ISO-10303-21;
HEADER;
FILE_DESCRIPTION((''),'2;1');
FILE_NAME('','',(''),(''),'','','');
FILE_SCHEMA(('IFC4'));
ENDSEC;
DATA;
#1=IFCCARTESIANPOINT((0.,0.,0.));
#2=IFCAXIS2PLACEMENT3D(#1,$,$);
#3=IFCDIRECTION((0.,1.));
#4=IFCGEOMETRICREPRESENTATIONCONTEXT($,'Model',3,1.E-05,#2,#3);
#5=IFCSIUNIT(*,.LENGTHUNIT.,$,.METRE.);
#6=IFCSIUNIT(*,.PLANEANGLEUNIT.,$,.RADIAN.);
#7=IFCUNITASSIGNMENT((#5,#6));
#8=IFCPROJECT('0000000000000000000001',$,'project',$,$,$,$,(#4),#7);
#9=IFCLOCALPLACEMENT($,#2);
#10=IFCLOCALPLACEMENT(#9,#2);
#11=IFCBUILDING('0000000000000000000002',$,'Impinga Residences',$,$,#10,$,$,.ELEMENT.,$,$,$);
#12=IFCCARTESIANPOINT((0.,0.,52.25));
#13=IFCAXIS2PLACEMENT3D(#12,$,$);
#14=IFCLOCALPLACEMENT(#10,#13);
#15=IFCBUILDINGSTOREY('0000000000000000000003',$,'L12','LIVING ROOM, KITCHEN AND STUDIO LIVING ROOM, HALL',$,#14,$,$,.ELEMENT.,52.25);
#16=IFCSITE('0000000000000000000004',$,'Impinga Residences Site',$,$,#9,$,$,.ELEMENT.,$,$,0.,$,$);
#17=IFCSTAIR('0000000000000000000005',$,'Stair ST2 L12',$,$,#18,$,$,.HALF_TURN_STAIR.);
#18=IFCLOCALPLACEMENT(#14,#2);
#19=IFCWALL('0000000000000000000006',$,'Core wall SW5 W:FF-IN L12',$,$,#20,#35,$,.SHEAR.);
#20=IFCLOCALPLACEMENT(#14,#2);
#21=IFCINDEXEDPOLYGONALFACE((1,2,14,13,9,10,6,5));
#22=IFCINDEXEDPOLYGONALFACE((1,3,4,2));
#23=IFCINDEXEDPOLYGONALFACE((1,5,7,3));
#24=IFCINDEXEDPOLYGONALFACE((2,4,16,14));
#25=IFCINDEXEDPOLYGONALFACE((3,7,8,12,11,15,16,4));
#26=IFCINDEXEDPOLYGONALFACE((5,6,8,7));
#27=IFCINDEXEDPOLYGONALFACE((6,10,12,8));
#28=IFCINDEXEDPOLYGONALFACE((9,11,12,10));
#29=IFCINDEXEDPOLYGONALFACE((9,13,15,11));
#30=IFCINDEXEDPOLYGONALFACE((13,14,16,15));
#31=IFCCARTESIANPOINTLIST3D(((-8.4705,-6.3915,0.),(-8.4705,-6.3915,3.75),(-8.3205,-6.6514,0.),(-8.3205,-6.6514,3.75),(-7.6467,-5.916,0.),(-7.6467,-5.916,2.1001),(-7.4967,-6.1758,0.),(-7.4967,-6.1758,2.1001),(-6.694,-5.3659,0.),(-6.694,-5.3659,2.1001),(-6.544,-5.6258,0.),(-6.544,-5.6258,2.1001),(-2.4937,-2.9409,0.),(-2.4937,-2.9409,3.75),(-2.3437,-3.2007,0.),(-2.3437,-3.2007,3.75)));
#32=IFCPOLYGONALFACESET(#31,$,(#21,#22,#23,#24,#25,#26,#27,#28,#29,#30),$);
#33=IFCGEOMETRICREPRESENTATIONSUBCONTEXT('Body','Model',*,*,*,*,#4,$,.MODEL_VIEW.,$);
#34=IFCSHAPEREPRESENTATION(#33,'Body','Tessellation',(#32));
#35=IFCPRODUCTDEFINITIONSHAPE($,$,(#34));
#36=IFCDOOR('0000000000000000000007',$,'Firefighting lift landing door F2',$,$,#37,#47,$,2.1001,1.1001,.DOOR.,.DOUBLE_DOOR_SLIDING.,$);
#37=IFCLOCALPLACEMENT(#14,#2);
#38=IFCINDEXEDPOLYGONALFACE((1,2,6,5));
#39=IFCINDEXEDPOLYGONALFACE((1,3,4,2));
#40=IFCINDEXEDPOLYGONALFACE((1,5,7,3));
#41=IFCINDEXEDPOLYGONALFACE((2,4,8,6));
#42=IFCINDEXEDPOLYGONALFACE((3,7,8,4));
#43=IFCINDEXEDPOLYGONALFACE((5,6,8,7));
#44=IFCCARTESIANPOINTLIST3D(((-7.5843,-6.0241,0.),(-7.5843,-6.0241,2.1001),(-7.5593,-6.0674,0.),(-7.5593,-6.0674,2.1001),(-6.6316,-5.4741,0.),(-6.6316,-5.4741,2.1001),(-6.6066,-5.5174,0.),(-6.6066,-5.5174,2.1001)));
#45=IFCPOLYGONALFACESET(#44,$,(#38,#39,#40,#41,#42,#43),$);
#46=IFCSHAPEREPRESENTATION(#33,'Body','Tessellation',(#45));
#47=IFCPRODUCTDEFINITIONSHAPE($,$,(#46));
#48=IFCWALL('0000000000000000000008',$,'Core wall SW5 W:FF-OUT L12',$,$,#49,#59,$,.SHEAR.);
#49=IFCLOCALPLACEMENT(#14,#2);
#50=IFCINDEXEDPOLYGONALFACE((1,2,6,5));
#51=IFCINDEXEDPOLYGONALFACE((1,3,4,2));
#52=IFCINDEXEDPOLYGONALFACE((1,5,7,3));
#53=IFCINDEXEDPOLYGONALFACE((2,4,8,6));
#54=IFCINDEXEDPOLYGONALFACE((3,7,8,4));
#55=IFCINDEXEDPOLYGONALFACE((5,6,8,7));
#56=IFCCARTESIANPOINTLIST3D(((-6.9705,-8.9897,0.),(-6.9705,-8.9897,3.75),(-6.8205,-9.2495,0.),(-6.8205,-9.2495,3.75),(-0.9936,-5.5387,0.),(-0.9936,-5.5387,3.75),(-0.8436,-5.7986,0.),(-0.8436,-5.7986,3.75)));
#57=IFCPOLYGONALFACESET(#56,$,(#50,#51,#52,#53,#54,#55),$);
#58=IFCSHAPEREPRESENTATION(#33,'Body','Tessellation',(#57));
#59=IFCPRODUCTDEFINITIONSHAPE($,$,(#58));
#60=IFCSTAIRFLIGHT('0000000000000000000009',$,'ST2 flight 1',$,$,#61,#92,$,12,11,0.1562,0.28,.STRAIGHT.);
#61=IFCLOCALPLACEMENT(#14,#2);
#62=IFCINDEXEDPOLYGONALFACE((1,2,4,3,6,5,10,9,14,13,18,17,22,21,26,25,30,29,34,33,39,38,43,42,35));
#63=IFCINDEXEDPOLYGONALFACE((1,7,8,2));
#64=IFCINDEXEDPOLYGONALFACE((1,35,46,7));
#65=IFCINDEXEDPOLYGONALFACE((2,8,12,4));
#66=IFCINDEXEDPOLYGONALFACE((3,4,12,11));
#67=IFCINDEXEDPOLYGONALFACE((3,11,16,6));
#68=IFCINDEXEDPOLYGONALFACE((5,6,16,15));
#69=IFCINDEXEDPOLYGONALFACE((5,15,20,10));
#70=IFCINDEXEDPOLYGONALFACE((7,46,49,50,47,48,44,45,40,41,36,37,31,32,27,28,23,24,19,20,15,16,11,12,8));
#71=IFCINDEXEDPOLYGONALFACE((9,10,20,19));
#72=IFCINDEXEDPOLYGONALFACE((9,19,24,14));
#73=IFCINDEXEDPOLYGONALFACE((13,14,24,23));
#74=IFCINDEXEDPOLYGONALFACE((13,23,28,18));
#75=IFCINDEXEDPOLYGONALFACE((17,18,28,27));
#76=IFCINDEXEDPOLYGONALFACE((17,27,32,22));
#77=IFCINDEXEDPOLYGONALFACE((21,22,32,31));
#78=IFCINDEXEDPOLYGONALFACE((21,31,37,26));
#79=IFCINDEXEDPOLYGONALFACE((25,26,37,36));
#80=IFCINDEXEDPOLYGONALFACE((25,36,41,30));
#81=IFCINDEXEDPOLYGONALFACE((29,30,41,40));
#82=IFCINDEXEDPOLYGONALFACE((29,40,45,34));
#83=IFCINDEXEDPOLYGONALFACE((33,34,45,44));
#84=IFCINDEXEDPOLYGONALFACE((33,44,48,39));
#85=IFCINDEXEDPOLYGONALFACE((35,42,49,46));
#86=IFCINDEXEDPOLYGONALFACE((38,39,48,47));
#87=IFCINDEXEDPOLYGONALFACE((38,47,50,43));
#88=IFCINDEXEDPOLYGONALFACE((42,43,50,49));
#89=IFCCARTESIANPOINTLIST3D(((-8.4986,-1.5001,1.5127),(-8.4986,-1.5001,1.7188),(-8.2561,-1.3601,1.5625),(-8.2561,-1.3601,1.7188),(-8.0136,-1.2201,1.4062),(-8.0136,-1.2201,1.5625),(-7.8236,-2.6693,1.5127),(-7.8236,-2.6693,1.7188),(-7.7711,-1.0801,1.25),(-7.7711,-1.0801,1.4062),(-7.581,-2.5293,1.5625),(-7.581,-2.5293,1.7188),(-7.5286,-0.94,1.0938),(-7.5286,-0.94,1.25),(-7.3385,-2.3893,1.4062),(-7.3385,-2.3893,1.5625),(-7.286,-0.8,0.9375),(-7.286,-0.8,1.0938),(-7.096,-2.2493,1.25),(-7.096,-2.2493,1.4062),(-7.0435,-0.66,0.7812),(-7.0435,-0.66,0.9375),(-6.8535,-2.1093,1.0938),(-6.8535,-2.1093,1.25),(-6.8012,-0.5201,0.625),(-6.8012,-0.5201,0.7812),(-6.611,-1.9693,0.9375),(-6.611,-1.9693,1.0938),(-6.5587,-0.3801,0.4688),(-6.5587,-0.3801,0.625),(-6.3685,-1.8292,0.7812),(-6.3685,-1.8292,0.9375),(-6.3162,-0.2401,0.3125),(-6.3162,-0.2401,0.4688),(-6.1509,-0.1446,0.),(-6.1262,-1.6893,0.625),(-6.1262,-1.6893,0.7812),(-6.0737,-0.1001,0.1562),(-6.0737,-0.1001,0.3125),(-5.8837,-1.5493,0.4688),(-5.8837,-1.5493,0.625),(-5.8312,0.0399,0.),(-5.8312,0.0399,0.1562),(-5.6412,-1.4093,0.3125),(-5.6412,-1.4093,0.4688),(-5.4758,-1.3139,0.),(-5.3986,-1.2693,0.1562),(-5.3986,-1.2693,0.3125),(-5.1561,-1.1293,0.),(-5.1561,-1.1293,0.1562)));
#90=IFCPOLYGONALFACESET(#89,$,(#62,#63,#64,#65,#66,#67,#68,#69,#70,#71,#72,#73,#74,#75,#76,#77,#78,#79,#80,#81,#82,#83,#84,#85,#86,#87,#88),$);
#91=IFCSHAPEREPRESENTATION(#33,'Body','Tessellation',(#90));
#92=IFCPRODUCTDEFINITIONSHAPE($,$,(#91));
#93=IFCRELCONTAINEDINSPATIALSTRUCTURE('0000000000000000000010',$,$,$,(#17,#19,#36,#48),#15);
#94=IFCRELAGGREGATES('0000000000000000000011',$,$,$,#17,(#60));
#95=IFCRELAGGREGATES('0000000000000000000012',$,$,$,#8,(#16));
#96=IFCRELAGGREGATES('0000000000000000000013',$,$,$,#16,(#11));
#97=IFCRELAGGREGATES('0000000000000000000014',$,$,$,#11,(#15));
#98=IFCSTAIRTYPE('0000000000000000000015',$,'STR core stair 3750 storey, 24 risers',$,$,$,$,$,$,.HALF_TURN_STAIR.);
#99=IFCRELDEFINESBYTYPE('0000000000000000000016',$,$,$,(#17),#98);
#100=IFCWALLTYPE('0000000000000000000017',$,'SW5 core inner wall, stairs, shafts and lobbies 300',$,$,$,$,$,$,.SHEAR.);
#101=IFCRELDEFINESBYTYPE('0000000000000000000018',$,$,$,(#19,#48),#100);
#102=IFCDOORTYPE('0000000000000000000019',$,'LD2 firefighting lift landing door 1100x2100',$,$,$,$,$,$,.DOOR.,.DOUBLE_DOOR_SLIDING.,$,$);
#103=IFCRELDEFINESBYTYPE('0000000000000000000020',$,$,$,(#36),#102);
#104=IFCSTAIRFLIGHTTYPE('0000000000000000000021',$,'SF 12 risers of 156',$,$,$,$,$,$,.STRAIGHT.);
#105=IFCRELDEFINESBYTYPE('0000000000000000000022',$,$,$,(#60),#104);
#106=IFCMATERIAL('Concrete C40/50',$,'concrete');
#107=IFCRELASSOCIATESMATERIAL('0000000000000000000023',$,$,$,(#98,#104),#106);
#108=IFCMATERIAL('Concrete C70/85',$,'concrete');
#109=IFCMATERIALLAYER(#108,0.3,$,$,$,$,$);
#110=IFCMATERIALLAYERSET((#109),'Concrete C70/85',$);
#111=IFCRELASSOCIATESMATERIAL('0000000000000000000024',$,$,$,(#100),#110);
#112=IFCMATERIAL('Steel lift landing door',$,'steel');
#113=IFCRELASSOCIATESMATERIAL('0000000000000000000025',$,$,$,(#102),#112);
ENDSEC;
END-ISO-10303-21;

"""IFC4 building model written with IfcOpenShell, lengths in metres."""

from ifc_helpers import new_model, si_unit, direction, frame, frame_2d, origin, place, context, subcontext, project, spatial, polyline, rectangle, outline, extrude, material, layer, layer_set, type_object, element, fill, aggregate, save


model = new_model("IFC4")

# Units and contexts
model_context = context("Model", 3, precision=1e-05, world=origin(), true_north=direction((0.0, 1.0)))
body_context = subcontext(model_context, "Body", "Model", "MODEL_VIEW")
ifc_project = project(units=[si_unit("LENGTHUNIT", "METRE"), si_unit("PLANEANGLEUNIT", "RADIAN")], contexts=[model_context])

# Site, building, storey
site_placement = place(None, origin())
site = spatial("IfcSite", under=ifc_project, at=site_placement, Name="Impinga Residences Site", CompositionType="ELEMENT", RefElevation=0.0)
building_placement = place(site_placement, origin())
building = spatial("IfcBuilding", under=site, at=building_placement, Name="Impinga Residences", CompositionType="ELEMENT")
storey_placement = place(building_placement, frame((0.0, 0.0, 52.25)))
storey = spatial("IfcBuildingStorey", under=building, at=storey_placement, Name="L12", Description="LIVING ROOM, KITCHEN AND STUDIO LIVING ROOM, HALL", CompositionType="ELEMENT", Elevation=52.25)

# Stair
ifc_material_1 = material(Name="Concrete C40/50", Category="concrete")
stair_type = type_object("IfcStairType", Name="STR core stair 3750 storey, 24 risers", PredefinedType="HALF_TURN_STAIR", material=ifc_material_1)
stair_1_placement = place(storey_placement, origin())
stair_1 = element("IfcStair", 1, at=stair_1_placement, inside=storey, type_object=stair_type, Name="Stair ST2 L12", PredefinedType="HALF_TURN_STAIR")

# Shared definitions
ifc_material_2 = material(Name="Concrete C70/85", Category="concrete")

# Shared definitions
ifc_layer_1 = layer(ifc_material_2, 0.3)
ifc_layer_set_1 = layer_set([ifc_layer_1], Name="Concrete C70/85")
wall_type_1 = type_object("IfcWallType", Name="SW5 core inner wall, stairs, shafts and lobbies 300", PredefinedType="SHEAR", material=ifc_layer_set_1)

# Wall, opening, door
wall_1_placement = place(storey_placement, frame((-2.4187, -3.0708, 0.0), z_axis=(0.0, 0.0, 1.0), x_axis=(-0.866027, -0.499997, 0.0)))
wall_1 = element("IfcWall", 2, at=wall_1_placement, inside=storey, type_object=wall_type_1, Name="Core wall SW5 W:FF-IN L12", PredefinedType="SHEAR", context=body_context, shape_type="SweptSolid", body=[
    extrude(rectangle(XDim=6.9014, YDim=0.3, at=frame_2d((3.4507, 0.0))), origin(), (0.0, 0.0, 1.0), 3.75),
])
opening_1_placement = place(wall_1_placement, frame((4.8501, 0.0, 0.0)))
opening_1 = element("IfcOpeningElement", 3, at=opening_1_placement, cuts=wall_1, PredefinedType="OPENING", context=body_context, shape_type="SweptSolid", body=[
    extrude(rectangle(XDim=1.1001, YDim=2.1001, at=frame_2d((0.55, 1.05))), frame((0.0, 0.1599, 0.0), z_axis=(0.0, -1.0, 0.0), x_axis=(1.0, 0.0, 0.0)), (0.0, 0.0, 1.0), 0.3201),
])
ifc_material_3 = material(Name="Steel lift landing door", Category="steel")
door_type_1 = type_object("IfcDoorType", Name="LD2 firefighting lift landing door 1100x2100", OperationType="DOUBLE_DOOR_SLIDING", PredefinedType="DOOR", material=ifc_material_3)
door_1_placement = place(opening_1_placement, origin())
door_1 = element("IfcDoor", 4, at=door_1_placement, inside=storey, type_object=door_type_1, Name="Firefighting lift landing door F2", OperationType="DOUBLE_DOOR_SLIDING", OverallHeight=2.1001, OverallWidth=1.1001, PredefinedType="DOOR", context=body_context, shape_type="SweptSolid", body=[
    extrude(rectangle(XDim=1.1001, YDim=2.1001, at=frame_2d((0.55, 1.05))), frame((0.0, 0.0249, 0.0), z_axis=(0.0, -1.0, 0.0), x_axis=(1.0, 0.0, 0.0)), (0.0, 0.0, 1.0), 0.05),
])
fill(opening_1, door_1)

# Wall
wall_2_placement = place(storey_placement, frame((-0.9187, -5.6687, 0.0), z_axis=(0.0, 0.0, 1.0), x_axis=(-0.866012, -0.500024, 0.0)))
element("IfcWall", 5, at=wall_2_placement, inside=storey, type_object=wall_type_1, Name="Core wall SW5 W:FF-OUT L12", PredefinedType="SHEAR", context=body_context, shape_type="SweptSolid", body=[
    extrude(rectangle(XDim=6.9016, YDim=0.3, at=frame_2d((3.4507, 0.0))), origin(), (0.0, 0.0, 1.0), 3.75),
])

# Stair flight
stair_flight_type = type_object("IfcStairFlightType", Name="SF 12 risers of 156", PredefinedType="STRAIGHT", material=ifc_material_1)
stair_flight_placement = place(storey_placement, frame((-5.4937, -0.5447, 0.0), z_axis=(0.0, 0.0, 1.0), x_axis=(-0.866025, -0.5, 0.0)))
stair_flight = element("IfcStairFlight", 6, at=stair_flight_placement, type_object=stair_flight_type, Name="ST2 flight 1", NumberOfRisers=12, NumberOfTreads=11, PredefinedType="STRAIGHT", RiserHeight=0.1562, TreadLength=0.28, context=body_context, shape_type="SweptSolid", body=[
    extrude(outline(polyline([(0.0, 0.0), (0.0, 0.1562), (0.28, 0.1562), (0.28, 0.3125), (0.5601, 0.3125), (0.5601, 0.4688), (0.8401, 0.4688), (0.8401, 0.625), (1.1201, 0.625), (1.1201, 0.7812), (1.3999, 0.7812), (1.3999, 0.9375), (1.6799, 0.9375), (1.6799, 1.0938), (1.96, 1.0938), (1.96, 1.25), (2.24, 1.25), (2.24, 1.4062), (2.52, 1.4062), (2.52, 1.5625), (2.8, 1.5625), (2.8, 1.7188), (3.0801, 1.7188), (3.0801, 1.875), (3.0801, 1.5127), (0.3691, 0.0), (0.0, 0.0)])), frame((0.0, 0.675, 0.0), z_axis=(0.0, -1.0, 0.0), x_axis=(1.0, 0.0, 0.0)), (0.0, 0.0, 1.0), 1.3501),
])
aggregate(stair_1, [stair_flight])

save(model, "model.ifc")
